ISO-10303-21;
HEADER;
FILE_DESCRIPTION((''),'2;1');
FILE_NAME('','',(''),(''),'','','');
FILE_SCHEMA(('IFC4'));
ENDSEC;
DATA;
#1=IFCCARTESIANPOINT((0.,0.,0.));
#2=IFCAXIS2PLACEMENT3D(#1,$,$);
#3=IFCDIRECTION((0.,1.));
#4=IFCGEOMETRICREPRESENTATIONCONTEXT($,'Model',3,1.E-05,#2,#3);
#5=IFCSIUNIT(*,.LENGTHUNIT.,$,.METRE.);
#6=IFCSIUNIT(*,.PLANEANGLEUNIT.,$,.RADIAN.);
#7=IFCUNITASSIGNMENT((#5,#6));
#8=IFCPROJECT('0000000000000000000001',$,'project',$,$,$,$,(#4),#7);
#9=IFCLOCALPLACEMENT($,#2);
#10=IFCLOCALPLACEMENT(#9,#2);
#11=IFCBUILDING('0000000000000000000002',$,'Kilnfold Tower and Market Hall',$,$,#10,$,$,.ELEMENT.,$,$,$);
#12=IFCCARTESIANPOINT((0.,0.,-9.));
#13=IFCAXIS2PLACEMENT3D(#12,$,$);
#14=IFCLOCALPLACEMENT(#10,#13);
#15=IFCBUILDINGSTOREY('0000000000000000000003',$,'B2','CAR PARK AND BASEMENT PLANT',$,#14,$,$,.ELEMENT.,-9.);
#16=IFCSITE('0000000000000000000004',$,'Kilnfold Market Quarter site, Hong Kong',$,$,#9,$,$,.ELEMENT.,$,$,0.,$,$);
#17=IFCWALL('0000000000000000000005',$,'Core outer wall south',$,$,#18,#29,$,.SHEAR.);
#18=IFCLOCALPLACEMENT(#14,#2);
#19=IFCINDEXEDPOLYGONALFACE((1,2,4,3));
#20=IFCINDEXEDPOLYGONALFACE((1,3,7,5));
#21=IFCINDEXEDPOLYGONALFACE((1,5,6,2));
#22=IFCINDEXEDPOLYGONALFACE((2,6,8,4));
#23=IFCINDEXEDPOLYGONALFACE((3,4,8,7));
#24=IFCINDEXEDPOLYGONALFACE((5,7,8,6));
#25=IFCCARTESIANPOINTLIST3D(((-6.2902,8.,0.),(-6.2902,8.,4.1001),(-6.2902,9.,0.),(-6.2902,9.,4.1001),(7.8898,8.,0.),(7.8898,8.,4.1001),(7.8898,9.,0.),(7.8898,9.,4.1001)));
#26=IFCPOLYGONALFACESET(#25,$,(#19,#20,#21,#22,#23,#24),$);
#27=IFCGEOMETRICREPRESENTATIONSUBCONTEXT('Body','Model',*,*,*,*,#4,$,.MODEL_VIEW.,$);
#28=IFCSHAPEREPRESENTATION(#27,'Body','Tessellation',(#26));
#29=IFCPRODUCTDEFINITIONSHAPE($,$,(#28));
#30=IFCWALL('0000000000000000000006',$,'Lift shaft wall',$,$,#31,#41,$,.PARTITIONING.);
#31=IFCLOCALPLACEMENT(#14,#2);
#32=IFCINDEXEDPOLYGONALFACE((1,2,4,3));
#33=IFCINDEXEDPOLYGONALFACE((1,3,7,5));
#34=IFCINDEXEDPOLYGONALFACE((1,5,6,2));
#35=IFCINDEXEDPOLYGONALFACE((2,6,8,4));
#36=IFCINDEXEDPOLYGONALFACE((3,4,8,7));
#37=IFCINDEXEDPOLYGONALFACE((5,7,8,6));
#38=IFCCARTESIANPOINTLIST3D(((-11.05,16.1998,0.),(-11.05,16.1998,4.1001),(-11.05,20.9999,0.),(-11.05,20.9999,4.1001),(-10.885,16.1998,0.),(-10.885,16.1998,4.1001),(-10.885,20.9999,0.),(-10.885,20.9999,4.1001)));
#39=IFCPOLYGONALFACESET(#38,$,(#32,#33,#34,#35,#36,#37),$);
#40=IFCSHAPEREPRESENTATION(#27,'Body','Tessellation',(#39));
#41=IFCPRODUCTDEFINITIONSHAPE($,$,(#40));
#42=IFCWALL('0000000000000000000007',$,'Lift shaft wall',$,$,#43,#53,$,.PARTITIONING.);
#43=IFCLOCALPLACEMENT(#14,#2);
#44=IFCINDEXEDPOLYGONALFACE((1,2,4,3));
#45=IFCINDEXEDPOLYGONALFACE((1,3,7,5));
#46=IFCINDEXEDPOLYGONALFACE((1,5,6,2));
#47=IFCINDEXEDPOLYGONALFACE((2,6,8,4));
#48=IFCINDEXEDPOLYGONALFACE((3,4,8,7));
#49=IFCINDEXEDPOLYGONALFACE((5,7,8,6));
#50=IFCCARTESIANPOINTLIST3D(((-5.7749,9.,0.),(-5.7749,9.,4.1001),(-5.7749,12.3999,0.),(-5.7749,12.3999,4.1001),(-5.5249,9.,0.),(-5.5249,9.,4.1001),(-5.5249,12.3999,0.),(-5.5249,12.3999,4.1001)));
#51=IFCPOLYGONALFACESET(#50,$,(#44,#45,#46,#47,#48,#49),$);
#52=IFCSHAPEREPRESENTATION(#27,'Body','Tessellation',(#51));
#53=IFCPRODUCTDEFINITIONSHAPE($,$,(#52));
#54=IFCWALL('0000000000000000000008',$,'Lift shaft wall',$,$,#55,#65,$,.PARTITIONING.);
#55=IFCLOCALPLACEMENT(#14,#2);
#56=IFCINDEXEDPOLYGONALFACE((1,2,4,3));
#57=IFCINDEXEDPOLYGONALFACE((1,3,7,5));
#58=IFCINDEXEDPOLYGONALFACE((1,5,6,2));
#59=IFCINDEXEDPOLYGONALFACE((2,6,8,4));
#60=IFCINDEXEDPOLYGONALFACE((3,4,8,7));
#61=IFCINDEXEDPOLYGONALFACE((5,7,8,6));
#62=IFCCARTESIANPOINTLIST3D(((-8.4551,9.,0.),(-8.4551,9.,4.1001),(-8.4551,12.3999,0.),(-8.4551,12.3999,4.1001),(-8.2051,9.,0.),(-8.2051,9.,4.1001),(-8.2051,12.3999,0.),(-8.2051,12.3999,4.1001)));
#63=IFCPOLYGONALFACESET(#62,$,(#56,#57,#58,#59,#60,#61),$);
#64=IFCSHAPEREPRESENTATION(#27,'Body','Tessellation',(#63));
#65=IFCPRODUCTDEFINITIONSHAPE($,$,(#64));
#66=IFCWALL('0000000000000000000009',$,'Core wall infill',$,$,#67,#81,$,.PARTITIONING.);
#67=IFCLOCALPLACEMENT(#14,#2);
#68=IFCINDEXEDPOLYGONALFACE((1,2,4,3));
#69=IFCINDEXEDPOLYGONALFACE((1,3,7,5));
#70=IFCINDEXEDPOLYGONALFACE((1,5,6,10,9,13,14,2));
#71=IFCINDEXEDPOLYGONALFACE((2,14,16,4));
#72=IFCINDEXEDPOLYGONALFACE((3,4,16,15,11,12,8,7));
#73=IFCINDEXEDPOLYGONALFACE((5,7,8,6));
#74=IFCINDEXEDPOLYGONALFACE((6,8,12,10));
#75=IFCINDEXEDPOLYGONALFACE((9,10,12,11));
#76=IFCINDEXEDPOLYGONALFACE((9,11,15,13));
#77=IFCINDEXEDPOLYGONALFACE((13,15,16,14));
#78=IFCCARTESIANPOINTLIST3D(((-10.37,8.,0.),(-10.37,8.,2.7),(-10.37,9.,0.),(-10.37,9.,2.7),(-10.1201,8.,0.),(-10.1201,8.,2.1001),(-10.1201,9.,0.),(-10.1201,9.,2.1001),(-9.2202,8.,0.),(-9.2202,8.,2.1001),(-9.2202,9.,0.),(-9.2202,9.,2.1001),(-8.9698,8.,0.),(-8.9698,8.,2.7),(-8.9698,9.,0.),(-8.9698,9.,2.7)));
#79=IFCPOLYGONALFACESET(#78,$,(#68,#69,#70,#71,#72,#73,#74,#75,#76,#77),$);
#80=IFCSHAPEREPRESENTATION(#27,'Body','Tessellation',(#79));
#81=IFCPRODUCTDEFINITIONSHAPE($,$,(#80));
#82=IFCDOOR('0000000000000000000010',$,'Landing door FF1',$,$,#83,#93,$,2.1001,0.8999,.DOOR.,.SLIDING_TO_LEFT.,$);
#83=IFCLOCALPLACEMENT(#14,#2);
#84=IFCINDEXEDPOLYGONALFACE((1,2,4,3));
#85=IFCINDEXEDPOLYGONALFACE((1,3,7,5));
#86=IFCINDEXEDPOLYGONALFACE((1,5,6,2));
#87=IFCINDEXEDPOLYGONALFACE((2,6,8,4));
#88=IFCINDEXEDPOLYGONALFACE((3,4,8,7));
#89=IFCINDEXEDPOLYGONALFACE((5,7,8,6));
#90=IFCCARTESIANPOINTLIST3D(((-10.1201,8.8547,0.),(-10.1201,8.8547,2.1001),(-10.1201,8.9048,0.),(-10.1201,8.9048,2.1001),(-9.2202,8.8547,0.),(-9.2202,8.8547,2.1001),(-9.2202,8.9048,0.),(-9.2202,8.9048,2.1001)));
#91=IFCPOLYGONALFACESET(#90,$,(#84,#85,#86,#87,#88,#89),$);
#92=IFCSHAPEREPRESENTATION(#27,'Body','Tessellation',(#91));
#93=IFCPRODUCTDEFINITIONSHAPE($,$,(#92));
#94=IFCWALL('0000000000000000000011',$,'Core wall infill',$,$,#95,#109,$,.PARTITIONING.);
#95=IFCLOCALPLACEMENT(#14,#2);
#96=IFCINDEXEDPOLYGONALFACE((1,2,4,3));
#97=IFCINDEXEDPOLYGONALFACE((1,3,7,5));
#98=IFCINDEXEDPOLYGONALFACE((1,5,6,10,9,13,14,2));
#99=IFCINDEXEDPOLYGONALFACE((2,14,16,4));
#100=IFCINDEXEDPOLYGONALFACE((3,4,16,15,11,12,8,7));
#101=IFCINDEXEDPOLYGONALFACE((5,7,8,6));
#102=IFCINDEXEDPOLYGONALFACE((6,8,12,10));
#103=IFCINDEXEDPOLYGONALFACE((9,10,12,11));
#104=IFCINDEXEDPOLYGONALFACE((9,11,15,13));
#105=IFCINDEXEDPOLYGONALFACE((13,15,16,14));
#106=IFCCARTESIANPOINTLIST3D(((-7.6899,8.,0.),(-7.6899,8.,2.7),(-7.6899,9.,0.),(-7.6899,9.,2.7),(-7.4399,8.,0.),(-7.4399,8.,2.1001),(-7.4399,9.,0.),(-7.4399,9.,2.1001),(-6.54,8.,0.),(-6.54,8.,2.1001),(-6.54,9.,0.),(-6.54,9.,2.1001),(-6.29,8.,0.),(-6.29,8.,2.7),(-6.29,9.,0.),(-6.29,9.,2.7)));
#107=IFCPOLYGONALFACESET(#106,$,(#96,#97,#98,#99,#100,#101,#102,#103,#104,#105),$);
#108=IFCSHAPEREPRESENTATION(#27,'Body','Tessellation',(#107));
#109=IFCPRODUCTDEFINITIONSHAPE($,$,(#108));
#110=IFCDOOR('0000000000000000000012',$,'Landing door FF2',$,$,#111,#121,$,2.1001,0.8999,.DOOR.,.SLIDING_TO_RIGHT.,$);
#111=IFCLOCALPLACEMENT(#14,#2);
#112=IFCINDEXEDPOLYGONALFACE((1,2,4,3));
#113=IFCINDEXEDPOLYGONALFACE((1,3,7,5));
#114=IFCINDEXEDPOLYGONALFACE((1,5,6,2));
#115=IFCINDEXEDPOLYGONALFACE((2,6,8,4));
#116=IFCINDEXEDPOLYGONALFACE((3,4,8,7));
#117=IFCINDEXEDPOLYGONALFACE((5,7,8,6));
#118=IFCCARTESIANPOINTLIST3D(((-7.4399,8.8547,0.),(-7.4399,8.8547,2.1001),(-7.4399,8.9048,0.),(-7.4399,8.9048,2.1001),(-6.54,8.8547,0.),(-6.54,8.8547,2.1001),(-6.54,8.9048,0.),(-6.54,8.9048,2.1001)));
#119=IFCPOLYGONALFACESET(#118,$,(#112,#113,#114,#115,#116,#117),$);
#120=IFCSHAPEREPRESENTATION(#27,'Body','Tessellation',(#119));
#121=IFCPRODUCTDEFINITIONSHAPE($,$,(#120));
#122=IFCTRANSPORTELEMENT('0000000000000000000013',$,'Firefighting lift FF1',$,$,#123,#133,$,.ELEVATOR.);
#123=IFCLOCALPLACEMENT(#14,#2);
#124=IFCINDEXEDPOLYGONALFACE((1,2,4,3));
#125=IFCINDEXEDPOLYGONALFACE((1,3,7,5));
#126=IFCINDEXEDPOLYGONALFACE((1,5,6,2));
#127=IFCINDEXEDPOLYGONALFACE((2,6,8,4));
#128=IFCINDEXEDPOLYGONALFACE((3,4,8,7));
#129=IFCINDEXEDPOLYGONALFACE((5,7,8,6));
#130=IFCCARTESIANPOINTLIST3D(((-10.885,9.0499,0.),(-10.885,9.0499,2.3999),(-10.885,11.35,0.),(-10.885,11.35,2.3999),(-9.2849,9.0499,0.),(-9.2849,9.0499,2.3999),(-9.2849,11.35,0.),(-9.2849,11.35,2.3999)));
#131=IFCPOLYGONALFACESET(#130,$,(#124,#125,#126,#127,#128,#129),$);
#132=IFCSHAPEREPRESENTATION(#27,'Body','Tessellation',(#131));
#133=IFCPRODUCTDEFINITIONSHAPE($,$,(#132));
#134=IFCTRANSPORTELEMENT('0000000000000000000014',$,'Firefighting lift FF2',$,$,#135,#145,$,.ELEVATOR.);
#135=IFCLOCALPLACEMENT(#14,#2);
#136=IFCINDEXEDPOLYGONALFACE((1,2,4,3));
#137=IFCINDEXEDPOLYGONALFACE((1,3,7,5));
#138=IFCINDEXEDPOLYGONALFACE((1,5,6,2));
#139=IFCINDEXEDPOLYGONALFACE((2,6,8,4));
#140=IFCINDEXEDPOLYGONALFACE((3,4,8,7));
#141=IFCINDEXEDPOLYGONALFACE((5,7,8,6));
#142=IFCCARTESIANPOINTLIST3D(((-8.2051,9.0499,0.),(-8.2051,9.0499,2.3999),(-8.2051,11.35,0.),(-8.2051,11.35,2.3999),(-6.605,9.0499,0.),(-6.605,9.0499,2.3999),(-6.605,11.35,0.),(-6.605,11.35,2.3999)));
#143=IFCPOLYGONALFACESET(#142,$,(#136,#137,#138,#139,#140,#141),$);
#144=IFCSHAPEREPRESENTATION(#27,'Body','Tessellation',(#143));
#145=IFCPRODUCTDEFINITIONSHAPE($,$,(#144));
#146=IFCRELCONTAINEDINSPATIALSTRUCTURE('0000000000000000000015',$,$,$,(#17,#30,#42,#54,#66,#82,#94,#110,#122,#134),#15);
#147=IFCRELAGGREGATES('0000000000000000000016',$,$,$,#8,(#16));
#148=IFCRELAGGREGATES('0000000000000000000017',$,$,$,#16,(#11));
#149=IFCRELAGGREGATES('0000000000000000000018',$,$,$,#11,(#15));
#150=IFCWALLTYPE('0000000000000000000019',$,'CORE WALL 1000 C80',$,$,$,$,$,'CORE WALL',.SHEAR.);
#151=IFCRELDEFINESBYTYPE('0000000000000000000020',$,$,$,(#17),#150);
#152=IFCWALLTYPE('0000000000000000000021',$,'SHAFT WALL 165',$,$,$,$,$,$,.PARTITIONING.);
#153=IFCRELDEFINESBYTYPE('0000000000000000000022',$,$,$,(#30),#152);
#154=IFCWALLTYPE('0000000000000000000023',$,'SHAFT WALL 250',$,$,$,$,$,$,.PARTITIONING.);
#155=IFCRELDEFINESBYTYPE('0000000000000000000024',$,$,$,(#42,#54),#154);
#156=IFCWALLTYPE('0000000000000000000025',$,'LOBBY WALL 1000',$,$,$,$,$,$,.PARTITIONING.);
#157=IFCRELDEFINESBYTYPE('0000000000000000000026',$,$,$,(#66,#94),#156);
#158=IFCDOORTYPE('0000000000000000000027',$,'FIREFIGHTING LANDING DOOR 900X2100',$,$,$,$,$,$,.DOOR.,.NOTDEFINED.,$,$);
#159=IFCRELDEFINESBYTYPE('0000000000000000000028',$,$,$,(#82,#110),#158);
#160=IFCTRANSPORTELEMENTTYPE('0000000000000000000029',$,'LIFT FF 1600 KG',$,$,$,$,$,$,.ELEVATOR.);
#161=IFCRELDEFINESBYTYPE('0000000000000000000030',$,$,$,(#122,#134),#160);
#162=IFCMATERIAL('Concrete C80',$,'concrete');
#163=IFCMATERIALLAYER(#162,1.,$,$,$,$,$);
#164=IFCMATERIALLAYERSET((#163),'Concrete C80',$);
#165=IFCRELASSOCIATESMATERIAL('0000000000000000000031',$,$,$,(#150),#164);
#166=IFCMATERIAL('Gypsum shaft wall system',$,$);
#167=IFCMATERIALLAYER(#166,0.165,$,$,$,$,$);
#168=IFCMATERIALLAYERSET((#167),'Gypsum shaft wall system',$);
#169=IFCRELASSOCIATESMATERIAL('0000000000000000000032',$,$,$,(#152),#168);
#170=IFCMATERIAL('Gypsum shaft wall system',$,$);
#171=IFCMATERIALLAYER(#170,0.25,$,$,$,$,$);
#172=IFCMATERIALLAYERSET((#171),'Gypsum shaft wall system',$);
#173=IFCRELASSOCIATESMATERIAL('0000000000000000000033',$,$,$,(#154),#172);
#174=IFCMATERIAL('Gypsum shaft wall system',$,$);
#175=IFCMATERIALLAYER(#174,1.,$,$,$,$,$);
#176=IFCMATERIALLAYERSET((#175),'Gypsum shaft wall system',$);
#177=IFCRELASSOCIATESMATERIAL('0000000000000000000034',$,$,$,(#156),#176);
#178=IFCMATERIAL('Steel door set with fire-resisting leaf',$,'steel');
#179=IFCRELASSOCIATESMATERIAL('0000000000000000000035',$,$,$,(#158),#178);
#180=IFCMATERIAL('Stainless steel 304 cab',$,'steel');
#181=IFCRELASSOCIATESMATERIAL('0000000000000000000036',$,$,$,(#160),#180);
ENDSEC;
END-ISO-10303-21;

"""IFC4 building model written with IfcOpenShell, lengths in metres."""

from ifc_helpers import new_model, si_unit, direction, frame, frame_2d, origin, origin_2d, place, context, subcontext, project, spatial, rectangle, extrude, source, transform, mapped, material, layer, layer_set, type_object, element, fill, save


model = new_model("IFC4")

# Units and contexts
model_context = context("Model", 3, precision=1e-05, world=origin(), true_north=direction((0.0, 1.0)))
body_context = subcontext(model_context, "Body", "Model", "MODEL_VIEW")
ifc_project = project(units=[si_unit("LENGTHUNIT", "METRE"), si_unit("PLANEANGLEUNIT", "RADIAN")], contexts=[model_context])

# Site, building, storey
site_placement = place(None, origin())
site = spatial("IfcSite", under=ifc_project, at=site_placement, Name="Kilnfold Market Quarter site, Hong Kong", CompositionType="ELEMENT", RefElevation=0.0)
building_placement = place(site_placement, origin())
building = spatial("IfcBuilding", under=site, at=building_placement, Name="Kilnfold Tower and Market Hall", CompositionType="ELEMENT")
storey_placement = place(building_placement, frame((0.0, 0.0, -9.0)))
storey = spatial("IfcBuildingStorey", under=building, at=storey_placement, Name="B2", Description="CAR PARK AND BASEMENT PLANT", CompositionType="ELEMENT", Elevation=-9.0)

# Walls
ifc_material_1 = material(Name="Concrete C80", Category="concrete")
ifc_layer_1 = layer(ifc_material_1, 1.0)
ifc_layer_set_1 = layer_set([ifc_layer_1], Name="Concrete C80")
wall_type_1 = type_object("IfcWallType", Name="CORE WALL 1000 C80", ElementType="CORE WALL", PredefinedType="SHEAR", material=ifc_layer_set_1)
shared_shape_1 = source(origin(), body_context, "Body", "SweptSolid", [
    extrude(rectangle(XDim=14.1799, YDim=1.0, at=frame_2d((7.0898, 0.0))), origin(), (0.0, 0.0, 1.0), 4.1001),
])
wall_1_placement = place(storey_placement, frame((-6.29, 8.5, 0.0), z_axis=(0.0, 0.0, 1.0), x_axis=(1.0, 0.0, 0.0)))
element("IfcWall", 1, at=wall_1_placement, inside=storey, type_object=wall_type_1, Name="Core outer wall south", PredefinedType="SHEAR", context=body_context, shape_type="MappedRepresentation", body=[
    mapped(shared_shape_1, transform((0.0, 0.0, 0.0))),
])
ifc_material_2 = material(Name="Gypsum shaft wall system")
ifc_layer_2 = layer(ifc_material_2, 0.165)
ifc_layer_set_2 = layer_set([ifc_layer_2], Name="Gypsum shaft wall system")
wall_type_2 = type_object("IfcWallType", Name="SHAFT WALL 165", PredefinedType="PARTITIONING", material=ifc_layer_set_2)
shared_shape_2 = source(origin(), body_context, "Body", "SweptSolid", [
    extrude(rectangle(XDim=4.8, YDim=0.165, at=frame_2d((2.3999, 0.0))), origin(), (0.0, 0.0, 1.0), 4.1001),
])
wall_2_placement = place(storey_placement, frame((-10.9675, 16.2, 0.0), z_axis=(0.0, 0.0, 1.0), x_axis=(0.0, 1.0, 0.0)))
element("IfcWall", 2, at=wall_2_placement, inside=storey, type_object=wall_type_2, Name="Lift shaft wall", PredefinedType="PARTITIONING", context=body_context, shape_type="MappedRepresentation", body=[
    mapped(shared_shape_2, transform((0.0, 0.0, 0.0))),
])
ifc_material_3 = material(Name="Gypsum shaft wall system")
ifc_layer_3 = layer(ifc_material_3, 0.25)
ifc_layer_set_3 = layer_set([ifc_layer_3], Name="Gypsum shaft wall system")
wall_type_3 = type_object("IfcWallType", Name="SHAFT WALL 250", PredefinedType="PARTITIONING", material=ifc_layer_set_3)
shared_shape_3 = source(origin(), body_context, "Body", "SweptSolid", [
    extrude(rectangle(XDim=3.3999, YDim=0.25, at=frame_2d((1.7, 0.0))), origin(), (0.0, 0.0, 1.0), 4.1001),
])
for number, where, z_axis, x_axis, name in (
    (3, (-5.6499, 9.0, 0.0), (0.0, 0.0, 1.0), (0.0, 1.0, 0.0), "Lift shaft wall"),
    (4, (-8.3301, 9.0, 0.0), (0.0, 0.0, 1.0), (0.0, 1.0, 0.0), "Lift shaft wall"),
):
    element("IfcWall", number, at=place(storey_placement, frame(where, z_axis=z_axis, x_axis=x_axis)), inside=storey, type_object=wall_type_3, Name=name, PredefinedType="PARTITIONING", context=body_context, shape_type="MappedRepresentation", body=[
        mapped(shared_shape_3, transform((0.0, 0.0, 0.0))),
    ])

# Walls, openings, doors
ifc_material_4 = material(Name="Gypsum shaft wall system")
ifc_layer_4 = layer(ifc_material_4, 1.0)
ifc_layer_set_4 = layer_set([ifc_layer_4], Name="Gypsum shaft wall system")
wall_type_4 = type_object("IfcWallType", Name="LOBBY WALL 1000", PredefinedType="PARTITIONING", material=ifc_layer_set_4)
shared_shape_4 = source(origin(), body_context, "Body", "SweptSolid", [
    extrude(rectangle(XDim=1.4001, YDim=1.0, at=frame_2d((0.7002, 0.0))), origin(), (0.0, 0.0, 1.0), 2.7),
])
wall_3_placement = place(storey_placement, frame((-10.3701, 8.5, 0.0), z_axis=(0.0, 0.0, 1.0), x_axis=(1.0, 0.0, 0.0)))
wall_3 = element("IfcWall", 5, at=wall_3_placement, inside=storey, type_object=wall_type_4, Name="Core wall infill", PredefinedType="PARTITIONING", context=body_context, shape_type="MappedRepresentation", body=[
    mapped(shared_shape_4, transform((0.0, 0.0, 0.0))),
])
opening_1_placement = place(wall_3_placement, frame((0.25, 0.0, 0.0)))
opening_1 = element("IfcOpeningElement", 6, at=opening_1_placement, cuts=wall_3, PredefinedType="OPENING", context=body_context, shape_type="SweptSolid", body=[
    extrude(rectangle(XDim=0.8999, YDim=2.1001, at=frame_2d((0.45, 1.05))), frame((0.0, 0.51, 0.0), z_axis=(0.0, -1.0, 0.0), x_axis=(1.0, 0.0, 0.0)), (0.0, 0.0, 1.0), 1.02),
])
ifc_material_5 = material(Name="Steel door set with fire-resisting leaf", Category="steel")
door_type = type_object("IfcDoorType", Name="FIREFIGHTING LANDING DOOR 900X2100", OperationType="NOTDEFINED", PredefinedType="DOOR", material=ifc_material_5)
door_1_placement = place(opening_1_placement, origin())
door_1 = element("IfcDoor", 7, at=door_1_placement, inside=storey, type_object=door_type, Name="Landing door FF1", OperationType="SLIDING_TO_LEFT", OverallHeight=2.1001, OverallWidth=0.8999, PredefinedType="DOOR", context=body_context, shape_type="SweptSolid", body=[
    extrude(rectangle(XDim=0.8999, YDim=2.1001, at=frame_2d((0.45, 1.05))), frame((0.0, 0.4048, 0.0), z_axis=(0.0, -1.0, 0.0), x_axis=(1.0, 0.0, 0.0)), (0.0, 0.0, 1.0), 0.05),
])
fill(opening_1, door_1)
shared_shape_5 = source(origin(), body_context, "Body", "SweptSolid", [
    extrude(rectangle(XDim=1.3999, YDim=1.0, at=frame_2d((0.7, 0.0))), origin(), (0.0, 0.0, 1.0), 2.7),
])
wall_4_placement = place(storey_placement, frame((-7.6899, 8.5, 0.0), z_axis=(0.0, 0.0, 1.0), x_axis=(1.0, 0.0, 0.0)))
wall_4 = element("IfcWall", 8, at=wall_4_placement, inside=storey, type_object=wall_type_4, Name="Core wall infill", PredefinedType="PARTITIONING", context=body_context, shape_type="MappedRepresentation", body=[
    mapped(shared_shape_5, transform((0.0, 0.0, 0.0))),
])
opening_2_placement = place(wall_4_placement, frame((0.25, 0.0, 0.0)))
opening_2 = element("IfcOpeningElement", 9, at=opening_2_placement, cuts=wall_4, PredefinedType="OPENING", context=body_context, shape_type="SweptSolid", body=[
    extrude(rectangle(XDim=0.8999, YDim=2.1001, at=frame_2d((0.45, 1.05))), frame((0.0, 0.51, 0.0), z_axis=(0.0, -1.0, 0.0), x_axis=(1.0, 0.0, 0.0)), (0.0, 0.0, 1.0), 1.02),
])
door_2_placement = place(opening_2_placement, origin())
door_2 = element("IfcDoor", 10, at=door_2_placement, inside=storey, type_object=door_type, Name="Landing door FF2", OperationType="SLIDING_TO_RIGHT", OverallHeight=2.1001, OverallWidth=0.8999, PredefinedType="DOOR", context=body_context, shape_type="SweptSolid", body=[
    extrude(rectangle(XDim=0.8999, YDim=2.1001, at=frame_2d((0.45, 1.05))), frame((0.0, 0.4048, 0.0), z_axis=(0.0, -1.0, 0.0), x_axis=(1.0, 0.0, 0.0)), (0.0, 0.0, 1.0), 0.05),
])
fill(opening_2, door_2)

# Transport elements
ifc_material_6 = material(Name="Stainless steel 304 cab", Category="steel")
transport_element_type = type_object("IfcTransportElementType", Name="LIFT FF 1600 KG", PredefinedType="ELEVATOR", material=ifc_material_6)
shared_shape_6 = source(origin(), body_context, "Body", "SweptSolid", [
    extrude(rectangle(XDim=1.6001, YDim=2.3, at=origin_2d()), origin(), (0.0, 0.0, 1.0), 2.3999),
])
for number, where, z_axis, x_axis, name in (
    (11, (-10.085, 10.2, 0.0), (0.0, 0.0, 1.0), (1.0, 0.0, 0.0), "Firefighting lift FF1"),
    (12, (-7.405, 10.2, 0.0), (0.0, 0.0, 1.0), (1.0, 0.0, 0.0), "Firefighting lift FF2"),
):
    element("IfcTransportElement", number, at=place(storey_placement, frame(where, z_axis=z_axis, x_axis=x_axis)), inside=storey, type_object=transport_element_type, Name=name, PredefinedType="ELEVATOR", context=body_context, shape_type="MappedRepresentation", body=[
        mapped(shared_shape_6, transform((0.0, 0.0, 0.0))),
    ])

save(model, "model.ifc")
